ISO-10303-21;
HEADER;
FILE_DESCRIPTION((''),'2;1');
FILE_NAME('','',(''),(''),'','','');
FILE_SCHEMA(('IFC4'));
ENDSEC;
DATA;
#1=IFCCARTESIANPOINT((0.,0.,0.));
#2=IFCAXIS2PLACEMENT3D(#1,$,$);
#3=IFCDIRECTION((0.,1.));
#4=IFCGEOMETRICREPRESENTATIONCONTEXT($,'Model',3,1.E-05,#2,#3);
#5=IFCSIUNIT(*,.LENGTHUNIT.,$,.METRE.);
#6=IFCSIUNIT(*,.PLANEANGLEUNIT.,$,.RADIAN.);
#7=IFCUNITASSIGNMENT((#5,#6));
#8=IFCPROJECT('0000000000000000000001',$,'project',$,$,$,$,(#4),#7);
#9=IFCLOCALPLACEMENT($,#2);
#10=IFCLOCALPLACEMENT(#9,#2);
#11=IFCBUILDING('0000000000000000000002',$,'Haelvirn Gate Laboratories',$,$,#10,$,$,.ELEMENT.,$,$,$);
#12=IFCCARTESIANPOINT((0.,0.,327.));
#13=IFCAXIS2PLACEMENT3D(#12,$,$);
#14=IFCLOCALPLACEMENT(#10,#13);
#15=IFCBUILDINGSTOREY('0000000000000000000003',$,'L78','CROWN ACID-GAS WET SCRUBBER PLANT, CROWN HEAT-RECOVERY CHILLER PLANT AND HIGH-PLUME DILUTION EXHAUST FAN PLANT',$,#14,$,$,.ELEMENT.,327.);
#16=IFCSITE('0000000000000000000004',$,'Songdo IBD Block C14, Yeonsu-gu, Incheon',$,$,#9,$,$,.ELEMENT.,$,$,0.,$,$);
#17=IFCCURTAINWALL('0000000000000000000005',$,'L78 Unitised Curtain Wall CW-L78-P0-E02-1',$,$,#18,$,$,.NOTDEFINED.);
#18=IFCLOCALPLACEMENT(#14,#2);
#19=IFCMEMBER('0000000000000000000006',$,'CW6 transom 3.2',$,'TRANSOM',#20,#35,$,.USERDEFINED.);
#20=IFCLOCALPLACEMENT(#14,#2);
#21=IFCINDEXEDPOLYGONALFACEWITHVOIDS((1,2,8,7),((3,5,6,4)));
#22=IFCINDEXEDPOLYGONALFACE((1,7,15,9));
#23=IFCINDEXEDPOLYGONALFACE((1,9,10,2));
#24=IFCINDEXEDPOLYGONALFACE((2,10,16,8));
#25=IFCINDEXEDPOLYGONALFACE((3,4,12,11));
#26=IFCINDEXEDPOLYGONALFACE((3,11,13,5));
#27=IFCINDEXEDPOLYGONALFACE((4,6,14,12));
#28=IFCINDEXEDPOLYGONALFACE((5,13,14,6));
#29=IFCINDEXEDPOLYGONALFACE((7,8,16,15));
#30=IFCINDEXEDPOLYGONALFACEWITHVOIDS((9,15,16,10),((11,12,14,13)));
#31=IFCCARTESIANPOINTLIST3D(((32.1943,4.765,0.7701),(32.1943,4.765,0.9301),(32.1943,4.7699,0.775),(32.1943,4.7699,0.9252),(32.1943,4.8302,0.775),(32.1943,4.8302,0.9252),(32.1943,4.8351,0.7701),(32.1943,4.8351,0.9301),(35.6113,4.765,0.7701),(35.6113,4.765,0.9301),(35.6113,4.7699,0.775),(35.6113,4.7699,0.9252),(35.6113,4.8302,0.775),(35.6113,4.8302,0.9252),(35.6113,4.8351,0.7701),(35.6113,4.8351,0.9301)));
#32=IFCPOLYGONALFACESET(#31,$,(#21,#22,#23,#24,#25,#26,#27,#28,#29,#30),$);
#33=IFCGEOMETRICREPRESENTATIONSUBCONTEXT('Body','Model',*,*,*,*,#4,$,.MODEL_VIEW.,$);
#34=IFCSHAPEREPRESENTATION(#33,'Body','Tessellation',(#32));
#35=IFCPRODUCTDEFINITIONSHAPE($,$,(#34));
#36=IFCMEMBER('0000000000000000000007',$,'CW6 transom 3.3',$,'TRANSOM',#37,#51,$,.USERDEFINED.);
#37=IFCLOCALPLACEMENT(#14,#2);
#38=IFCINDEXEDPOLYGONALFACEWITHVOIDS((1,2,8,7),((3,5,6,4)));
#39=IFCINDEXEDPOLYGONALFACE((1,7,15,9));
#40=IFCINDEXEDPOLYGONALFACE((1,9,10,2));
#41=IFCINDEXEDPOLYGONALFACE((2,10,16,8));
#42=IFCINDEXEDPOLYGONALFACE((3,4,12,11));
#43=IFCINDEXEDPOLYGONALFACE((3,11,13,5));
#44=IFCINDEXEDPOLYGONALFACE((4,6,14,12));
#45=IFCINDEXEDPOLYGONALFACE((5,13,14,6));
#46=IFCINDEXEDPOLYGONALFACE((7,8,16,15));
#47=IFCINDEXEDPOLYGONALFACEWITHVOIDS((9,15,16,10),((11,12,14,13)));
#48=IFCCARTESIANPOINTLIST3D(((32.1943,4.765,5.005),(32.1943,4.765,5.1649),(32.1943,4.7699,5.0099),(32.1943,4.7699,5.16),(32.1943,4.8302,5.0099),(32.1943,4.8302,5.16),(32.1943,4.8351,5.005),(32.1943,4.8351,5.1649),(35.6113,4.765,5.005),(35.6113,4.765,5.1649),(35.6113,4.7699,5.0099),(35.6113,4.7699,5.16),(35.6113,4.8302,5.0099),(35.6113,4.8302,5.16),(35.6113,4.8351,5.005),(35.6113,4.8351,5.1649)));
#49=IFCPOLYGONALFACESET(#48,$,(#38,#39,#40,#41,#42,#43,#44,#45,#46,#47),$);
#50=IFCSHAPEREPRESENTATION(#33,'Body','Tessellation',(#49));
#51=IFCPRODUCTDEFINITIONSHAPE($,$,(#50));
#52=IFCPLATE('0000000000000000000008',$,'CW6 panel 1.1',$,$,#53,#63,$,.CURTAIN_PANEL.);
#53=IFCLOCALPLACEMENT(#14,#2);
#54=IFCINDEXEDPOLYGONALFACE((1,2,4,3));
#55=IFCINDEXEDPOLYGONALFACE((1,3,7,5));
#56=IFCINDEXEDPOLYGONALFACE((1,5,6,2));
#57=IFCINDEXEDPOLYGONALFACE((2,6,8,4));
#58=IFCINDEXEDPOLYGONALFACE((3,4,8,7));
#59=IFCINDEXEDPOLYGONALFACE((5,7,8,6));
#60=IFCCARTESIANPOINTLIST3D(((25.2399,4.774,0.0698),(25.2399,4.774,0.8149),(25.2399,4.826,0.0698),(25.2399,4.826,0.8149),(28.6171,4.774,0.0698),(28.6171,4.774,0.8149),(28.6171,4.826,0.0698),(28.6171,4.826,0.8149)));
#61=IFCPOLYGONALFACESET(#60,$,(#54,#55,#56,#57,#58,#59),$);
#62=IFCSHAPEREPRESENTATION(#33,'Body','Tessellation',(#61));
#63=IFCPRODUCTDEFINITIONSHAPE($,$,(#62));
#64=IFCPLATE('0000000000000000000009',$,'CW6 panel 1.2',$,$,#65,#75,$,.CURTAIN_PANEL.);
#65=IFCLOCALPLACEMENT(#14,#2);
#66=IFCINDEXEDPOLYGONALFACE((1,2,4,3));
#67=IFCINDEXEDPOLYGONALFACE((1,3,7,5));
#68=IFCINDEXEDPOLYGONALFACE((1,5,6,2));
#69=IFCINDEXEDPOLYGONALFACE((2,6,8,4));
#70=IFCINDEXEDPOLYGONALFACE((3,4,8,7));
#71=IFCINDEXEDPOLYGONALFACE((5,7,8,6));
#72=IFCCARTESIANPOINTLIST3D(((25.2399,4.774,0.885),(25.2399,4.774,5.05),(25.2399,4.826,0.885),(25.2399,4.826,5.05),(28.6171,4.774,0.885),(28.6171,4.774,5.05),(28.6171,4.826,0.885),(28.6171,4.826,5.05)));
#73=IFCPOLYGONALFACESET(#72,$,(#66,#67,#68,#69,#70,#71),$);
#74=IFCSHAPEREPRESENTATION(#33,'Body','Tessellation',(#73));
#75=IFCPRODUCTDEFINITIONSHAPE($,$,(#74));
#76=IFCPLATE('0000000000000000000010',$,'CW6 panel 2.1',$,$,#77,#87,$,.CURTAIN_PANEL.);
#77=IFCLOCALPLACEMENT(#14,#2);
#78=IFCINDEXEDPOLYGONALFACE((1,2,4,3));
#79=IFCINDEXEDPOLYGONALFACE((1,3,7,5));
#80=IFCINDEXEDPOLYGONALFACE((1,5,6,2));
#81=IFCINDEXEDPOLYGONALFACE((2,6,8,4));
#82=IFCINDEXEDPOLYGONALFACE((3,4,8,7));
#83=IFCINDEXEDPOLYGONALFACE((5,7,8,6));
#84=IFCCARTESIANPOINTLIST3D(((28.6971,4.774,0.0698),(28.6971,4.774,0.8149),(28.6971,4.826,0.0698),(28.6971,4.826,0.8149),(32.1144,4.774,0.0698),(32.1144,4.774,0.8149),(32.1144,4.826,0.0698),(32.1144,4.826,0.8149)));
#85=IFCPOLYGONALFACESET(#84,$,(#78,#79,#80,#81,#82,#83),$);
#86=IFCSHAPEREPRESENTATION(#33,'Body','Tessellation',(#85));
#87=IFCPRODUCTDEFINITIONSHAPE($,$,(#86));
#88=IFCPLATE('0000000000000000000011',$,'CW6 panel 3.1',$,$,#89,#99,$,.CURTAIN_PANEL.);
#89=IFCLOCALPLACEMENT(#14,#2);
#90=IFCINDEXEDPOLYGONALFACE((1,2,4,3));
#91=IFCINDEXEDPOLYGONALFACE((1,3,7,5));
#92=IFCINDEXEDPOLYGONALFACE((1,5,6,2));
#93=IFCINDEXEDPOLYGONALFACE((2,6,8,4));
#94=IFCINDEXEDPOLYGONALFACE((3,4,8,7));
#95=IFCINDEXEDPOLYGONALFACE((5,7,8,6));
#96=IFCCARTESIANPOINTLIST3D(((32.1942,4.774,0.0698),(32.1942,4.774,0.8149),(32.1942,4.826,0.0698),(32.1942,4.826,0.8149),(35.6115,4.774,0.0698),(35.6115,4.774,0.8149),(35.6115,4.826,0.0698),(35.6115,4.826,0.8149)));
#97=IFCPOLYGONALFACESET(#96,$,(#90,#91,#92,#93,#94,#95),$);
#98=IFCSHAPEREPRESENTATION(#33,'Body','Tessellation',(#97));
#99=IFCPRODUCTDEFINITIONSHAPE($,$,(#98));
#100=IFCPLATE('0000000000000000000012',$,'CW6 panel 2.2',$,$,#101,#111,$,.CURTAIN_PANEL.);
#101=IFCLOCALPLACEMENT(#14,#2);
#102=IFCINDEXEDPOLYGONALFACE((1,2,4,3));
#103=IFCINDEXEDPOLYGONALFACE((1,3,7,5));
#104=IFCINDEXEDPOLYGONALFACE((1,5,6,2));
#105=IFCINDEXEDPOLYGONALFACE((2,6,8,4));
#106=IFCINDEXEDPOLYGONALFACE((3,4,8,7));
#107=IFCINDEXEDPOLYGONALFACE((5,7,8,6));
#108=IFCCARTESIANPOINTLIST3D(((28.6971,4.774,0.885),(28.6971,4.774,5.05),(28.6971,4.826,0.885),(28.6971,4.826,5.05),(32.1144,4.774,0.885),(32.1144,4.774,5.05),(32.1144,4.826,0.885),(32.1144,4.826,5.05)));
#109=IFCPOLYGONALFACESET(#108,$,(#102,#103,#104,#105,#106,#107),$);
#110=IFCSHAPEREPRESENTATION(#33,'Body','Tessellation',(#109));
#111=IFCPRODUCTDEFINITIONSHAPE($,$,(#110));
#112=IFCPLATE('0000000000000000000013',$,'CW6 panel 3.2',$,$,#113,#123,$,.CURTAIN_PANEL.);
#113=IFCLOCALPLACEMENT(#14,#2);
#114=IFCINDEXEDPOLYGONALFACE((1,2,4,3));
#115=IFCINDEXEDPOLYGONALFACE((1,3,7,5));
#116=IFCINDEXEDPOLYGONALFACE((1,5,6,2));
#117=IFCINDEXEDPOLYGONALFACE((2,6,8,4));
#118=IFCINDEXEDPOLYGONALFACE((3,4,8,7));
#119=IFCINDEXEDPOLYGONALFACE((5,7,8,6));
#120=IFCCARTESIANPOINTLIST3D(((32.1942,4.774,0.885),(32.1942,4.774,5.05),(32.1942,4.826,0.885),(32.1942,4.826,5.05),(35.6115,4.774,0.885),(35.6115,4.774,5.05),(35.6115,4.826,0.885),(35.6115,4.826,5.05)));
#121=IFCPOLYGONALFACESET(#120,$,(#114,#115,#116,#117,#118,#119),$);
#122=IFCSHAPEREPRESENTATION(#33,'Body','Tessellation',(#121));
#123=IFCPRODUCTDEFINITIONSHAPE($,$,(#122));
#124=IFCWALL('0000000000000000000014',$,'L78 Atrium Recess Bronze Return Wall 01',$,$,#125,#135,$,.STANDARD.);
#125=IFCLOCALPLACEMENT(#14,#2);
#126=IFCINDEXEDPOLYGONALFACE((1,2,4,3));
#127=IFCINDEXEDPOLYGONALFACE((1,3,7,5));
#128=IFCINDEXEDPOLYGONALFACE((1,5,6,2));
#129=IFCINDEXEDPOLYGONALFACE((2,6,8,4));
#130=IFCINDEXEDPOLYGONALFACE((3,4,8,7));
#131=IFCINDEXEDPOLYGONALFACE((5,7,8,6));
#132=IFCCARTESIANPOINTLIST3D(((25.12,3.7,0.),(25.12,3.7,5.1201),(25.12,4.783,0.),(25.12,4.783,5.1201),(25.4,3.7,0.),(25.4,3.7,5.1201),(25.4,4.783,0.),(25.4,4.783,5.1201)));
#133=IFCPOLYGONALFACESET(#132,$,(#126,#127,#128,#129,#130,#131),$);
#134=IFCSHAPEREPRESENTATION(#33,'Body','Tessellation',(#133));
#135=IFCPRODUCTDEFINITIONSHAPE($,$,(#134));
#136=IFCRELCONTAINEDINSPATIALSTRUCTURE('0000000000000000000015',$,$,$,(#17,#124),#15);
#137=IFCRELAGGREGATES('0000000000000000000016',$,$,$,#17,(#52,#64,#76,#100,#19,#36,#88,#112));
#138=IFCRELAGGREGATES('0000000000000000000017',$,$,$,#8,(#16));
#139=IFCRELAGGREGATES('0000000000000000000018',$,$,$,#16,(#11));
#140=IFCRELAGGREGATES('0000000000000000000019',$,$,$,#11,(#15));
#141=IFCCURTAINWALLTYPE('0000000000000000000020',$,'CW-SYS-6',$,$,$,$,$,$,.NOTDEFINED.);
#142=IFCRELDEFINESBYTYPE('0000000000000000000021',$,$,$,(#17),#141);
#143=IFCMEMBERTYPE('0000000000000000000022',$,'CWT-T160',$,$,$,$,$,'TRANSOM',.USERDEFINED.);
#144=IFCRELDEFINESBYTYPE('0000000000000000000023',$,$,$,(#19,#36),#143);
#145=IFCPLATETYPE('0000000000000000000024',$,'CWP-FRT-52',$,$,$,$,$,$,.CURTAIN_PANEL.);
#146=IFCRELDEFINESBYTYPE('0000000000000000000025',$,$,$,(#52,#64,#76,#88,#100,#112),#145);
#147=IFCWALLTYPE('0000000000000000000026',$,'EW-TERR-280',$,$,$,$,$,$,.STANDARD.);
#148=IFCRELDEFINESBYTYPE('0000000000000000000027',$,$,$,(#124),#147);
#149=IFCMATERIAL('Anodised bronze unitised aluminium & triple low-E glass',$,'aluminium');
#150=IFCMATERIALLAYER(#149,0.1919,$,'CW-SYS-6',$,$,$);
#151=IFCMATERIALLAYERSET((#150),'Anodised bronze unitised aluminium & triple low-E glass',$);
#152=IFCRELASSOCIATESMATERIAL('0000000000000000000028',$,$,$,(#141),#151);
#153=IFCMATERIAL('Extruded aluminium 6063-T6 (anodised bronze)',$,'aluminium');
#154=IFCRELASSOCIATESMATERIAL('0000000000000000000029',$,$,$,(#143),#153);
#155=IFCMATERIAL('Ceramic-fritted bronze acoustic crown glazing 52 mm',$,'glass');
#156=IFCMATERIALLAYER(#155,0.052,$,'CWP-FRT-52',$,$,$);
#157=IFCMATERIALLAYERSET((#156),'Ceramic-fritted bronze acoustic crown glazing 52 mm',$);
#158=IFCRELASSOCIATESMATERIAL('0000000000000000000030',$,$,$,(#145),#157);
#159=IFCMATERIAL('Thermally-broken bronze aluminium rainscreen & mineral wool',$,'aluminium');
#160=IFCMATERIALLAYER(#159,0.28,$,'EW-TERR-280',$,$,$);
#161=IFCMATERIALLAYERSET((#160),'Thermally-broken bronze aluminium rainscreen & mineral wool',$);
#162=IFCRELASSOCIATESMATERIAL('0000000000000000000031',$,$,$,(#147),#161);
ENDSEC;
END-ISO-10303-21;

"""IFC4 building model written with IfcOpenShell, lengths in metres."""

from ifc_helpers import new_model, si_unit, direction, frame, frame_2d, origin, origin_2d, place, context, subcontext, project, spatial, rectangle, hollow_rectangle, extrude, source, transform, mapped, material, layer, layer_set, material_profile, profile_set, type_object, type_shapes, element, aggregate, save


model = new_model("IFC4")

# Units and contexts
model_context = context("Model", 3, precision=1e-05, world=origin(), true_north=direction((0.0, 1.0)))
body_context = subcontext(model_context, "Body", "Model", "MODEL_VIEW")
ifc_project = project(units=[si_unit("LENGTHUNIT", "METRE"), si_unit("PLANEANGLEUNIT", "RADIAN")], contexts=[model_context])

# Site, building, storey
site_placement = place(None, origin())
site = spatial("IfcSite", under=ifc_project, at=site_placement, Name="Songdo IBD Block C14, Yeonsu-gu, Incheon", CompositionType="ELEMENT", RefElevation=0.0)
building_placement = place(site_placement, origin())
building = spatial("IfcBuilding", under=site, at=building_placement, Name="Haelvirn Gate Laboratories", CompositionType="ELEMENT")
storey_placement = place(building_placement, frame((0.0, 0.0, 327.0)))
storey = spatial("IfcBuildingStorey", under=building, at=storey_placement, Name="L78", Description="CROWN ACID-GAS WET SCRUBBER PLANT, CROWN HEAT-RECOVERY CHILLER PLANT AND HIGH-PLUME DILUTION EXHAUST FAN PLANT", CompositionType="ELEMENT", Elevation=327.0)

# Shared definitions
ifc_material_1 = material(Name="Anodised bronze unitised aluminium & triple low-E glass", Category="aluminium")
ifc_layer_1 = layer(ifc_material_1, 0.1919, Name="CW-SYS-6")
ifc_layer_set_1 = layer_set([ifc_layer_1], Name="Anodised bronze unitised aluminium & triple low-E glass")
curtain_wall_type = type_object("IfcCurtainWallType", Name="CW-SYS-6", PredefinedType="NOTDEFINED", material=ifc_layer_set_1)
ifc_material_2 = material(Name="Extruded aluminium 6063-T6 (anodised bronze)", Category="aluminium")

# Curtain wall, members, plates
curtain_wall_1_placement = place(storey_placement, origin())
curtain_wall_1 = element("IfcCurtainWall", 1, at=curtain_wall_1_placement, inside=storey, type_object=curtain_wall_type, Name="L78 Unitised Curtain Wall CW-L78-P0-E02-1", PredefinedType="NOTDEFINED")
ifc_material_profile_1 = material_profile(ifc_material_2, hollow_rectangle(XDim=0.0701, YDim=0.1599, WallThickness=0.0049, at=origin_2d()), Name="CWT-160x70x5")
ifc_profile_set_1 = profile_set([ifc_material_profile_1], Name="Extruded aluminium 6063-T6 (anodised bronze)")
member_type_1 = type_object("IfcMemberType", Name="CWT-T160", ElementType="TRANSOM", PredefinedType="USERDEFINED", material=ifc_profile_set_1)
shared_shape_1 = source(origin(), body_context, "Body", "SweptSolid", [
    extrude(hollow_rectangle(XDim=0.0701, YDim=0.1599, WallThickness=0.0049, at=origin_2d()), origin(), (0.0, 0.0, 1.0), 3.417),
])
member_1_placement = place(storey_placement, frame((32.1943, 4.8, 0.8501), z_axis=(1.0, 0.0, 0.0), x_axis=(0.0, 1.0, 0.0)))
member_1 = element("IfcMember", 2, at=member_1_placement, type_object=member_type_1, Name="CW6 transom 3.2", ObjectType="TRANSOM", PredefinedType="USERDEFINED", context=body_context, shape_type="MappedRepresentation", body=[
    mapped(shared_shape_1, transform((0.0, 0.0, 0.0), scale=1.0)),
])
member_2_placement = place(storey_placement, frame((32.1943, 4.8, 5.085), z_axis=(1.0, 0.0, 0.0), x_axis=(0.0, 1.0, 0.0)))
member_2 = element("IfcMember", 3, at=member_2_placement, type_object=member_type_1, Name="CW6 transom 3.3", ObjectType="TRANSOM", PredefinedType="USERDEFINED", context=body_context, shape_type="MappedRepresentation", body=[
    mapped(shared_shape_1, transform((0.0, 0.0, 0.0), scale=1.0)),
])
ifc_material_3 = material(Name="Ceramic-fritted bronze acoustic crown glazing 52 mm", Category="glass")
ifc_layer_2 = layer(ifc_material_3, 0.052, Name="CWP-FRT-52")
ifc_layer_set_2 = layer_set([ifc_layer_2], Name="Ceramic-fritted bronze acoustic crown glazing 52 mm")
plate_type = type_object("IfcPlateType", Name="CWP-FRT-52", PredefinedType="CURTAIN_PANEL", material=ifc_layer_set_2)
shared_shape_2 = source(origin(), body_context, "Body", "SweptSolid", [
    extrude(rectangle(XDim=3.3772, YDim=0.052, at=origin_2d()), origin(), (0.0, 0.0, 1.0), 0.7451),
])
plate_1_placement = place(storey_placement, frame((26.9285, 4.8, 0.0698), z_axis=(0.0, 0.0, 1.0), x_axis=(1.0, 0.0, 0.0)))
plate_1 = element("IfcPlate", 4, at=plate_1_placement, type_object=plate_type, Name="CW6 panel 1.1", PredefinedType="CURTAIN_PANEL", context=body_context, shape_type="MappedRepresentation", body=[
    mapped(shared_shape_2, transform((0.0, 0.0, 0.0), scale=1.0)),
])
shared_shape_3 = source(origin(), body_context, "Body", "SweptSolid", [
    extrude(rectangle(XDim=3.3772, YDim=0.052, at=origin_2d()), origin(), (0.0, 0.0, 1.0), 4.165),
])
plate_2_placement = place(storey_placement, frame((26.9285, 4.8, 0.885), z_axis=(0.0, 0.0, 1.0), x_axis=(1.0, 0.0, 0.0)))
plate_2 = element("IfcPlate", 5, at=plate_2_placement, type_object=plate_type, Name="CW6 panel 1.2", PredefinedType="CURTAIN_PANEL", context=body_context, shape_type="MappedRepresentation", body=[
    mapped(shared_shape_3, transform((0.0, 0.0, 0.0), scale=1.0)),
])
shared_shape_4 = source(origin(), body_context, "Body", "SweptSolid", [
    extrude(rectangle(XDim=3.4172, YDim=0.052, at=origin_2d()), origin(), (0.0, 0.0, 1.0), 0.7451),
])
plate_3_placement = place(storey_placement, frame((30.4058, 4.8, 0.0698), z_axis=(0.0, 0.0, 1.0), x_axis=(1.0, 0.0, 0.0)))
plate_3 = element("IfcPlate", 6, at=plate_3_placement, type_object=plate_type, Name="CW6 panel 2.1", PredefinedType="CURTAIN_PANEL", context=body_context, shape_type="MappedRepresentation", body=[
    mapped(shared_shape_4, transform((0.0, 0.0, 0.0), scale=1.0)),
])
plate_4_placement = place(storey_placement, frame((33.9028, 4.8, 0.0698), z_axis=(0.0, 0.0, 1.0), x_axis=(1.0, 0.0, 0.0)))
plate_4 = element("IfcPlate", 7, at=plate_4_placement, type_object=plate_type, Name="CW6 panel 3.1", PredefinedType="CURTAIN_PANEL", context=body_context, shape_type="MappedRepresentation", body=[
    mapped(shared_shape_4, transform((0.0, 0.0, 0.0), scale=1.0)),
])
shared_shape_5 = source(origin(), body_context, "Body", "SweptSolid", [
    extrude(rectangle(XDim=3.4172, YDim=0.052, at=origin_2d()), origin(), (0.0, 0.0, 1.0), 4.165),
])
type_shapes(plate_type, [shared_shape_2, shared_shape_3, shared_shape_4, shared_shape_5])
plate_5_placement = place(storey_placement, frame((30.4058, 4.8, 0.885), z_axis=(0.0, 0.0, 1.0), x_axis=(1.0, 0.0, 0.0)))
plate_5 = element("IfcPlate", 8, at=plate_5_placement, type_object=plate_type, Name="CW6 panel 2.2", PredefinedType="CURTAIN_PANEL", context=body_context, shape_type="MappedRepresentation", body=[
    mapped(shared_shape_5, transform((0.0, 0.0, 0.0), scale=1.0)),
])
plate_6_placement = place(storey_placement, frame((33.9028, 4.8, 0.885), z_axis=(0.0, 0.0, 1.0), x_axis=(1.0, 0.0, 0.0)))
plate_6 = element("IfcPlate", 9, at=plate_6_placement, type_object=plate_type, Name="CW6 panel 3.2", PredefinedType="CURTAIN_PANEL", context=body_context, shape_type="MappedRepresentation", body=[
    mapped(shared_shape_5, transform((0.0, 0.0, 0.0), scale=1.0)),
])
aggregate(curtain_wall_1, [plate_1, plate_2, plate_3, plate_5, member_1, member_2, plate_4, plate_6])

# Wall
ifc_material_4 = material(Name="Thermally-broken bronze aluminium rainscreen & mineral wool", Category="aluminium")
ifc_layer_3 = layer(ifc_material_4, 0.28, Name="EW-TERR-280")
ifc_layer_set_3 = layer_set([ifc_layer_3], Name="Thermally-broken bronze aluminium rainscreen & mineral wool")
wall_type_1 = type_object("IfcWallType", Name="EW-TERR-280", PredefinedType="STANDARD", material=ifc_layer_set_3)
wall_1_placement = place(storey_placement, frame((25.26, 3.7, 0.0), z_axis=(0.0, 0.0, 1.0), x_axis=(0.0, 1.0, 0.0)))
element("IfcWall", 10, at=wall_1_placement, inside=storey, type_object=wall_type_1, Name="L78 Atrium Recess Bronze Return Wall 01", PredefinedType="STANDARD", context=body_context, shape_type="SweptSolid", body=[
    extrude(rectangle(XDim=1.083, YDim=0.28, at=frame_2d((0.5415, 0.0))), origin(), (0.0, 0.0, 1.0), 5.1201),
])

save(model, "model.ifc")
